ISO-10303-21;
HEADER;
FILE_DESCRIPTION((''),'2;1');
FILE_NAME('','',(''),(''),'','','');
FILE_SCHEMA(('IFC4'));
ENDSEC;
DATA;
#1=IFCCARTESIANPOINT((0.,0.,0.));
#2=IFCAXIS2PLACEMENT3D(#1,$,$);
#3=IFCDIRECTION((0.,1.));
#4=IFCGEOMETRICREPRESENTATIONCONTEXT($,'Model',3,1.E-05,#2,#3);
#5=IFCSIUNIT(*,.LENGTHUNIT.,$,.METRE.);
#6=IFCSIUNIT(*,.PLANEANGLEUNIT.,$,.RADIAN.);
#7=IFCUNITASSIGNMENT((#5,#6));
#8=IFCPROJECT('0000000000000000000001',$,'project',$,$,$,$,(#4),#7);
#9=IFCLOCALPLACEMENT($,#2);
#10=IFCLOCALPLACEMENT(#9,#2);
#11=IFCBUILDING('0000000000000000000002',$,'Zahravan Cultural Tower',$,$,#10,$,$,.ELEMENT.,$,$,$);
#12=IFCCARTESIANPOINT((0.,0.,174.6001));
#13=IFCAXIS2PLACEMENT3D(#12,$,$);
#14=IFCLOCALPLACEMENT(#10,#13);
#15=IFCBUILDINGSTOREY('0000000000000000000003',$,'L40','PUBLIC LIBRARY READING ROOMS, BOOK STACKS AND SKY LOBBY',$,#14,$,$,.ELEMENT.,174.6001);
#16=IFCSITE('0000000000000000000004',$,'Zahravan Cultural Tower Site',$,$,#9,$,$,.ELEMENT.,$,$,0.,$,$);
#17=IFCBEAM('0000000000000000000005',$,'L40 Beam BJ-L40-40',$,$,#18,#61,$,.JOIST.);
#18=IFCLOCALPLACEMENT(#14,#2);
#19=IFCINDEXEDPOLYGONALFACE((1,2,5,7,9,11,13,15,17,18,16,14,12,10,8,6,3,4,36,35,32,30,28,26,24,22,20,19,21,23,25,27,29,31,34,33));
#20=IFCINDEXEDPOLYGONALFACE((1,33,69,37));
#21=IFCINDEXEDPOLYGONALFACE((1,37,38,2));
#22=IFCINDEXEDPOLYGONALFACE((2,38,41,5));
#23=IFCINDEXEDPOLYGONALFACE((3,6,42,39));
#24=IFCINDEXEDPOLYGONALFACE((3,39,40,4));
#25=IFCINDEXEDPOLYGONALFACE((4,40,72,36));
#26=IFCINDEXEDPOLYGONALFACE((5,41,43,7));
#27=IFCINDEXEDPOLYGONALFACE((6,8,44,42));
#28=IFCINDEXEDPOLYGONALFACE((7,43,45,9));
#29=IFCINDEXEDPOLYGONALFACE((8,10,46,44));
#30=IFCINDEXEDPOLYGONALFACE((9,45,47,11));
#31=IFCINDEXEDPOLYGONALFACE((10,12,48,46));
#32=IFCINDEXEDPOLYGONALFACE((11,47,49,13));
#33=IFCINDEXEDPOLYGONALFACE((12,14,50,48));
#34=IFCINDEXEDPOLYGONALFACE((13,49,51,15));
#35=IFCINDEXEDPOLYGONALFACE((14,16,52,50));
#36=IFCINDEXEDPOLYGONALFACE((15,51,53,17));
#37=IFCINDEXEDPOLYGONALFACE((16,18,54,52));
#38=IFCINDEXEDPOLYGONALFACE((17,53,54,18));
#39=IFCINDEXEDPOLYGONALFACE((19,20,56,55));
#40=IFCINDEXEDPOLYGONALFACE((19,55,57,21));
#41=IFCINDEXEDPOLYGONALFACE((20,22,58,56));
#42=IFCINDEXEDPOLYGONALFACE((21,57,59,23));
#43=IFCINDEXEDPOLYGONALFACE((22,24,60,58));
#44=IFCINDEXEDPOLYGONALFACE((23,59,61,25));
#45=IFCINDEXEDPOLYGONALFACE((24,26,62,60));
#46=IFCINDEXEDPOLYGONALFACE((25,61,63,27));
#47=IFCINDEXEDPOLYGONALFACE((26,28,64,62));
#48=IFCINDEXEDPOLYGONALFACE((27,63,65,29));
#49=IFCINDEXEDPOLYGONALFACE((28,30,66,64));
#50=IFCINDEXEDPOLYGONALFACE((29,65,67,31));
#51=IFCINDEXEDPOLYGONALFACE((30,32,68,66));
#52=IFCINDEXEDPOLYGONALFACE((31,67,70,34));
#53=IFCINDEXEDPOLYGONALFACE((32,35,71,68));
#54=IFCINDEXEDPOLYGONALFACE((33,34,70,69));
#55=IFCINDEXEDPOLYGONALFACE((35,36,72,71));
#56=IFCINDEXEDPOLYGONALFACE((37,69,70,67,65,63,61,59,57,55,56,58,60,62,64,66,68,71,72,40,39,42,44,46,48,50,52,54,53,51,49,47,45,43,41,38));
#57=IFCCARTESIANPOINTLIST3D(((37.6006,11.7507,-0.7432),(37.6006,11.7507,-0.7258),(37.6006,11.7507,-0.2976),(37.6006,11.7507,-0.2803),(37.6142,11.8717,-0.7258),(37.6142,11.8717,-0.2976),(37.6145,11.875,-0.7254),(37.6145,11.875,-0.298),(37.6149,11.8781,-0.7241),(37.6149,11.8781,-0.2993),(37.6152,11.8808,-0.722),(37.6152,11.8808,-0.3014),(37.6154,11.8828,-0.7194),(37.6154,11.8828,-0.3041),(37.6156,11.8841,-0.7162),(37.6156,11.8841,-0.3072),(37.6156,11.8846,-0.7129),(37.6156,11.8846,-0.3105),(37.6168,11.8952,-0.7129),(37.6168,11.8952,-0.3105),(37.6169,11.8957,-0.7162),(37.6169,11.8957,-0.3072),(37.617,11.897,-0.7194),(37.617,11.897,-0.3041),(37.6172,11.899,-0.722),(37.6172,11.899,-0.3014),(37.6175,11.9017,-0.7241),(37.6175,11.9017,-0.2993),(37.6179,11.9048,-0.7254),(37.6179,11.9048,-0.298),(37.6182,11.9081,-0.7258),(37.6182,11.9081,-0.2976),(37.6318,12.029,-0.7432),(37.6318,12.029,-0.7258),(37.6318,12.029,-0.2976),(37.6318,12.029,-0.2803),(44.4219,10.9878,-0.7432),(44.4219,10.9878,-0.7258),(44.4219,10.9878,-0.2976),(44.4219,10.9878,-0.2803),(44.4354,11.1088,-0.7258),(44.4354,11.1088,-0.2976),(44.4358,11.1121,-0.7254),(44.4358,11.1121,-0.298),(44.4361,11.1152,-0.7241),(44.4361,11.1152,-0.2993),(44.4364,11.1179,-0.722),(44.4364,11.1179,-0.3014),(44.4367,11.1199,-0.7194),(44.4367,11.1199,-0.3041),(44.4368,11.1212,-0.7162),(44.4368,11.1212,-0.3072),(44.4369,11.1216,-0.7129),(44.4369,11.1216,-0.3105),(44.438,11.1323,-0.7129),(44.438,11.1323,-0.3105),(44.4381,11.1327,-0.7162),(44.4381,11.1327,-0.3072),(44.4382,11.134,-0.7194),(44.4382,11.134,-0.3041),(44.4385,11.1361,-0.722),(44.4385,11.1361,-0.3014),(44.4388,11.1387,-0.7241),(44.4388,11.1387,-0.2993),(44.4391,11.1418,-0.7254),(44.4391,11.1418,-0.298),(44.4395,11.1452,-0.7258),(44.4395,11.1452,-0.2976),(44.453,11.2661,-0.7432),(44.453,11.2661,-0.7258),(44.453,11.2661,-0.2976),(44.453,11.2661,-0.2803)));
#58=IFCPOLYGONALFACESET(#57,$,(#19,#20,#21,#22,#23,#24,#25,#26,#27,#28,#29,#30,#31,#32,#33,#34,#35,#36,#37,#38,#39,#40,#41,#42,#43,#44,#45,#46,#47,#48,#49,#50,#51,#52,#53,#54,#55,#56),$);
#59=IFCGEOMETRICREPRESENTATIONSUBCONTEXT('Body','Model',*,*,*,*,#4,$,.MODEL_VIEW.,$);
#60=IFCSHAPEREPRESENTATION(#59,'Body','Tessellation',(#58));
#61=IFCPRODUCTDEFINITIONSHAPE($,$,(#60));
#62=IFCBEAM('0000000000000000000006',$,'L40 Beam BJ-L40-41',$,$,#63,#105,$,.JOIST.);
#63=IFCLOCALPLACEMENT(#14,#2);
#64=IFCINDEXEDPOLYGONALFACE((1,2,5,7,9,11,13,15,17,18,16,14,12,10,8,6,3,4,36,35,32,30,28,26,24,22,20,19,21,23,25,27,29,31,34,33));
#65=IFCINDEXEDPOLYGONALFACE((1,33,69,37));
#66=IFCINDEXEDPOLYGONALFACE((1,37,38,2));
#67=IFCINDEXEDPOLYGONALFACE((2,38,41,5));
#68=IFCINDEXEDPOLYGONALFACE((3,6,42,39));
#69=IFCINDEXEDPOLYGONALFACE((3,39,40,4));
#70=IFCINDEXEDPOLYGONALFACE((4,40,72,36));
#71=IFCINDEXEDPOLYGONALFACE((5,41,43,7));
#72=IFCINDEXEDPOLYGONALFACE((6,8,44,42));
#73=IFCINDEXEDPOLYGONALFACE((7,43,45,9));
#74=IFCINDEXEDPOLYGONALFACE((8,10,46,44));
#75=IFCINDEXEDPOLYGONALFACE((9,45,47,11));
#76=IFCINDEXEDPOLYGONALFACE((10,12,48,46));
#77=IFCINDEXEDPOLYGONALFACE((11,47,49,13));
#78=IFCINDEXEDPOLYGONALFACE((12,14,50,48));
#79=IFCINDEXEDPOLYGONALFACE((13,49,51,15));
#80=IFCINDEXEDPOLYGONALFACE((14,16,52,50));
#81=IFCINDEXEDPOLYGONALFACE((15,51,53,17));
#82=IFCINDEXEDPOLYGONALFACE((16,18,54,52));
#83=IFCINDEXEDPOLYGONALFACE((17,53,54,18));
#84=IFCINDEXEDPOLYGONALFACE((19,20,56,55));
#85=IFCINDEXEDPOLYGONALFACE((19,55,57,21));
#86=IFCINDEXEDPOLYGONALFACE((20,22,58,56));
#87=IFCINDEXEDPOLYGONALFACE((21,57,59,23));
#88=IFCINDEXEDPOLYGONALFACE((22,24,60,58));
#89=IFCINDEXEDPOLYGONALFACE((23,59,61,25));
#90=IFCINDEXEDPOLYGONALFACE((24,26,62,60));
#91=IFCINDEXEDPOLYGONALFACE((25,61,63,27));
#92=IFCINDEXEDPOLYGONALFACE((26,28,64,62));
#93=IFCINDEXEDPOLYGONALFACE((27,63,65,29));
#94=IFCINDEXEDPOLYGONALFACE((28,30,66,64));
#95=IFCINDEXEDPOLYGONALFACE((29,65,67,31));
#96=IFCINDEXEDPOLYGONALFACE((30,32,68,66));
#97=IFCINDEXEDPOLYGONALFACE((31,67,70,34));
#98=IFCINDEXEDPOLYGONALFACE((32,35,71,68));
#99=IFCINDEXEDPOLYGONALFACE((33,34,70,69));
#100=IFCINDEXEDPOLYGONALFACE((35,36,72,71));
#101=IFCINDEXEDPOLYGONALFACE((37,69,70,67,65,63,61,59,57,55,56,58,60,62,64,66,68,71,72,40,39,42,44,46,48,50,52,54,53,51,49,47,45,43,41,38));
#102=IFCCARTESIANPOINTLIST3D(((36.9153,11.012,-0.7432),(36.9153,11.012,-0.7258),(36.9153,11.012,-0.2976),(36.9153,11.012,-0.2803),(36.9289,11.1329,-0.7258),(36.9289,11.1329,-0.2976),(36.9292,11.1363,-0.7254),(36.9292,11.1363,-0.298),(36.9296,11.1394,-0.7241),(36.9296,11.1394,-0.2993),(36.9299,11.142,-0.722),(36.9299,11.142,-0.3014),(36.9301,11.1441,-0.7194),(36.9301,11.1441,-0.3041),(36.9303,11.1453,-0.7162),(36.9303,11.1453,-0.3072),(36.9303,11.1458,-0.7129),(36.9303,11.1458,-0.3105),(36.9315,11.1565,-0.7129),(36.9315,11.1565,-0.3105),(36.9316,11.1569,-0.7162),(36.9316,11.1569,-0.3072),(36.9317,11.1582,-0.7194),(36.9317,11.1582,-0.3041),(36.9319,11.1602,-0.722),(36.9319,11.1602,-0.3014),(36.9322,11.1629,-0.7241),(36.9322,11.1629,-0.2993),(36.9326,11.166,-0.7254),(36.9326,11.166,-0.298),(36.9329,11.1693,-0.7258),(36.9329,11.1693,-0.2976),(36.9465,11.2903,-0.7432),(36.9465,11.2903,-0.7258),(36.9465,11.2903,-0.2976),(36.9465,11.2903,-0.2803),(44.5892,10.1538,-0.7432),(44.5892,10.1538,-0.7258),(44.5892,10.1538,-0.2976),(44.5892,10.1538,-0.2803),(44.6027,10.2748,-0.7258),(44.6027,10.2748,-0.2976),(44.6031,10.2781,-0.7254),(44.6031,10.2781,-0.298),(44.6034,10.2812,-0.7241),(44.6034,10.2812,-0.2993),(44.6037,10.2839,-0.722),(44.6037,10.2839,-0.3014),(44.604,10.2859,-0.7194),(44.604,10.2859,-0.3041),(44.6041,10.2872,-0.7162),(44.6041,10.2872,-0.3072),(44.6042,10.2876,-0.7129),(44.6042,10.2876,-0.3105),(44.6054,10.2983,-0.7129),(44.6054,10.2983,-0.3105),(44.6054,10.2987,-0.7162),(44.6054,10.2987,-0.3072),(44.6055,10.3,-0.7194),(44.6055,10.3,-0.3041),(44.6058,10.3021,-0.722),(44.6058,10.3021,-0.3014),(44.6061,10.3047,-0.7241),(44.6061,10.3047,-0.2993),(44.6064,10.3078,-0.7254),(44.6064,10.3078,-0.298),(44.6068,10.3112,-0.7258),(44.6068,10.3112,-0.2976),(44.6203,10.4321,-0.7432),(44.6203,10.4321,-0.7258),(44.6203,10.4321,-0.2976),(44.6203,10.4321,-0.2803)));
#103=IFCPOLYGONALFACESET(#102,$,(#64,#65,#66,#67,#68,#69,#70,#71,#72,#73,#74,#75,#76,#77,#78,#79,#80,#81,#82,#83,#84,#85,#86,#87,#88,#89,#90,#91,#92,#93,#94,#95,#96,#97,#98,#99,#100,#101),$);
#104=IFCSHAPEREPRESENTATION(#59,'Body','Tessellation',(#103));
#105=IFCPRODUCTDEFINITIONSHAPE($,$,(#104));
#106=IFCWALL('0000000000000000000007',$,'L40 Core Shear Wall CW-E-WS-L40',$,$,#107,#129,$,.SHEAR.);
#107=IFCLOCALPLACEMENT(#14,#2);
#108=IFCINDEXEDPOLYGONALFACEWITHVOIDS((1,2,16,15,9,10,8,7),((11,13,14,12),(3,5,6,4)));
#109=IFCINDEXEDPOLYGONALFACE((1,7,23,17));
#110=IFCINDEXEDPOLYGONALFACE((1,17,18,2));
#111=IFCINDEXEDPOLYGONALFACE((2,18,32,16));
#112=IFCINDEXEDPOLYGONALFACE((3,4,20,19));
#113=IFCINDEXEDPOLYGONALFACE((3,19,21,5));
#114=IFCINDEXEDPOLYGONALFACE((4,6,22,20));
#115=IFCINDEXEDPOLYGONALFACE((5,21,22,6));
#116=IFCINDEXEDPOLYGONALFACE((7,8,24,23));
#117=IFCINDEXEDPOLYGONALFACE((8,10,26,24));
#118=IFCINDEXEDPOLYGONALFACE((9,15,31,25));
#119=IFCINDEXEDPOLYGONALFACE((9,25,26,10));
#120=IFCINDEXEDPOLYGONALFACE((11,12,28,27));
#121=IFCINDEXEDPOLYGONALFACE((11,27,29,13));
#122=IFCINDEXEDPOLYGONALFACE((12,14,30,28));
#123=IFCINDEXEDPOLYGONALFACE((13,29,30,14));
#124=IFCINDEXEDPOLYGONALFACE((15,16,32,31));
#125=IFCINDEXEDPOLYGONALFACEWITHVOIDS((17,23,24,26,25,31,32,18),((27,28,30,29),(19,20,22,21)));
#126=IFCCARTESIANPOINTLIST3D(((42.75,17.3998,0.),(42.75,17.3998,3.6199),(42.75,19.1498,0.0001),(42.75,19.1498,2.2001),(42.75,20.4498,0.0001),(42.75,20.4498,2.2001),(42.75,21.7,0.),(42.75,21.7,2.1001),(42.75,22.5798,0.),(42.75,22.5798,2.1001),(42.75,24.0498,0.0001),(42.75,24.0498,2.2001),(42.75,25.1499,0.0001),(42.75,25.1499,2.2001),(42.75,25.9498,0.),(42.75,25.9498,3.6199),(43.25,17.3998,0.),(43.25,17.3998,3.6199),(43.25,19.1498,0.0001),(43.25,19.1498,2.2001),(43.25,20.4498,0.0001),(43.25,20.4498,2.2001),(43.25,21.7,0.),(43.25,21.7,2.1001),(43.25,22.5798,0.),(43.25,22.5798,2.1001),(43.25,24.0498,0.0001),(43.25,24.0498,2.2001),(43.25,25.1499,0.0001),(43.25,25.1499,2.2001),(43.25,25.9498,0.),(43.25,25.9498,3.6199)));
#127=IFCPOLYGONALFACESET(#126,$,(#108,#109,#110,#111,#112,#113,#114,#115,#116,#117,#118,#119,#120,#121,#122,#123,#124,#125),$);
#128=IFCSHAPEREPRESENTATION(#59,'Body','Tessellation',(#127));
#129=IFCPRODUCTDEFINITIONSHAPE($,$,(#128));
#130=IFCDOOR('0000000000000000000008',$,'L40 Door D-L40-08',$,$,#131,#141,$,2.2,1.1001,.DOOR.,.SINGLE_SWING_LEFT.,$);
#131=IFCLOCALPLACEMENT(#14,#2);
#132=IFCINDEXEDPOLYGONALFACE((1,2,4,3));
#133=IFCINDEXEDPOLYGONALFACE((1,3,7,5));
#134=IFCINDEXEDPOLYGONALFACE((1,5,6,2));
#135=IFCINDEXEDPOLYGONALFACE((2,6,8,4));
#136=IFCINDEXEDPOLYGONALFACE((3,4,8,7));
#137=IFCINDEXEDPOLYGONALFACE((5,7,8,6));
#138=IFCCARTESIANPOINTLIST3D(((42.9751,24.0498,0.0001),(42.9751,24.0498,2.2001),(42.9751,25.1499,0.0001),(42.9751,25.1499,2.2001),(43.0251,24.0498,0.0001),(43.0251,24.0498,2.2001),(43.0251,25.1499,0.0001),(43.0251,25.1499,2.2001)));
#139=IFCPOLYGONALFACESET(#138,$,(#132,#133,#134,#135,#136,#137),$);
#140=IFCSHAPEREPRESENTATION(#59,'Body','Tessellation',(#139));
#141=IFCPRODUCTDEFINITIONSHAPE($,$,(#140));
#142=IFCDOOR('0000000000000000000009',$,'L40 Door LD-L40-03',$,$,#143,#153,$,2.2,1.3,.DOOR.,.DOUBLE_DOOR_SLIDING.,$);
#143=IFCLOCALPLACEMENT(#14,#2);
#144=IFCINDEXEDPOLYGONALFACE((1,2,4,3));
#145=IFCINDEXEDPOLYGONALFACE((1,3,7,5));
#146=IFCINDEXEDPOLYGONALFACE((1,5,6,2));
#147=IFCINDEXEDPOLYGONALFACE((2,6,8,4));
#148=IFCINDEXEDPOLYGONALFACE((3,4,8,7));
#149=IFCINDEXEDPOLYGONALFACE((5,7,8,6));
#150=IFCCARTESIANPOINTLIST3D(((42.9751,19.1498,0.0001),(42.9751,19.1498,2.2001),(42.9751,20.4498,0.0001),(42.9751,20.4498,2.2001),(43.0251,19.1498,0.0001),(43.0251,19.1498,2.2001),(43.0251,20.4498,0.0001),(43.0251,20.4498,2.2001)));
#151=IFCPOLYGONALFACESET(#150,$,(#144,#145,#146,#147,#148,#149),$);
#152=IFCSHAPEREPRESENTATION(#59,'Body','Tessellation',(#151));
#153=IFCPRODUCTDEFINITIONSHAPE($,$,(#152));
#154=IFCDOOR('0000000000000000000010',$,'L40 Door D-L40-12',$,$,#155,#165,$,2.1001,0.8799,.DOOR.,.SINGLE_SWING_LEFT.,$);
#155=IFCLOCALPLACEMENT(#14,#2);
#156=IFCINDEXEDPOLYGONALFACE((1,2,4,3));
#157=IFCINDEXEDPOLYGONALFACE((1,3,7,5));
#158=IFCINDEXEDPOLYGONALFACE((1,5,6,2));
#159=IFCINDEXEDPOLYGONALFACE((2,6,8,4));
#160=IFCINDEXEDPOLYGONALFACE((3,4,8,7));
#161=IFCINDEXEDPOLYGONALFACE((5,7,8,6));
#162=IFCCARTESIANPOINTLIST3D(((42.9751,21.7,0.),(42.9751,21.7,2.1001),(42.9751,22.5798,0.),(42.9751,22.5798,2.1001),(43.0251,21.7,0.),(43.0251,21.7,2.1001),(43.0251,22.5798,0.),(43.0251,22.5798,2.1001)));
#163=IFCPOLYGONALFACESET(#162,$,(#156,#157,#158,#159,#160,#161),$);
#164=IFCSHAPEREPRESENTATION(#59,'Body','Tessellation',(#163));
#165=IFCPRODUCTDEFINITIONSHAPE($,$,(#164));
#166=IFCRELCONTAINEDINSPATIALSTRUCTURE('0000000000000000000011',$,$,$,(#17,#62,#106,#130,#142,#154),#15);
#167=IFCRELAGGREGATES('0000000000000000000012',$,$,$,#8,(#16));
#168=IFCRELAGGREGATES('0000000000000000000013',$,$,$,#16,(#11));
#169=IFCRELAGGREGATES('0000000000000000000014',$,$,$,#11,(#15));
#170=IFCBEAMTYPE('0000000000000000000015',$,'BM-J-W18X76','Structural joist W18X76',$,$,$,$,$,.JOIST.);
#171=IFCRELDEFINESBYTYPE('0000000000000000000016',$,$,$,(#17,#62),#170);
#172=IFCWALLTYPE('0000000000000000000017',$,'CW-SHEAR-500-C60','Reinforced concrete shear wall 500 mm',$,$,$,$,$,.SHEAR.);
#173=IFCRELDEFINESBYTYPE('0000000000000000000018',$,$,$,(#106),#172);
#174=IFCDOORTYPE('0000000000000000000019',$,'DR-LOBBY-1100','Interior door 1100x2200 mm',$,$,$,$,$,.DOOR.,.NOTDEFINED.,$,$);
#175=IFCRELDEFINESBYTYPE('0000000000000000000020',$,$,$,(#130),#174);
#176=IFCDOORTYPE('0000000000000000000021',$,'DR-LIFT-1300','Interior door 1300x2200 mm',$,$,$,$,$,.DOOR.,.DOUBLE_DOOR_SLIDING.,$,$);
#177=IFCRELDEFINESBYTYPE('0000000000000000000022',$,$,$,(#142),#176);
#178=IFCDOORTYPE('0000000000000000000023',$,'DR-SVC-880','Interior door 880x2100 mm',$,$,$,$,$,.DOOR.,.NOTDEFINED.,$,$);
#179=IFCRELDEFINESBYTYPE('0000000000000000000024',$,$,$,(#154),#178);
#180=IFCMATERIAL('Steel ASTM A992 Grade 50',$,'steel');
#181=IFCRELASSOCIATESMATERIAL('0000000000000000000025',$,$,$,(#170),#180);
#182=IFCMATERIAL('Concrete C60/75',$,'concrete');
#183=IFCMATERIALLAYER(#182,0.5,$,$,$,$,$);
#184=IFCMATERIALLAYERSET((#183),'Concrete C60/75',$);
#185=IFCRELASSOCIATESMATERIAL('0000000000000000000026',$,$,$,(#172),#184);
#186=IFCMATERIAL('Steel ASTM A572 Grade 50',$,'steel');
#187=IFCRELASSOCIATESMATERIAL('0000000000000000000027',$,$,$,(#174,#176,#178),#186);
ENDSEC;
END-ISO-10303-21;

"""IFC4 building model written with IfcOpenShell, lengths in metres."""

from ifc_helpers import new_model, si_unit, direction, frame, frame_2d, origin, origin_2d, place, context, subcontext, project, spatial, rectangle, i_section, extrude, source, transform, mapped, material, layer, layer_set, material_profile, profile_set, type_object, element, fill, save


model = new_model("IFC4")

# Units and contexts
model_context = context("Model", 3, precision=1e-05, world=origin(), true_north=direction((0.0, 1.0)))
body_context = subcontext(model_context, "Body", "Model", "MODEL_VIEW")
ifc_project = project(units=[si_unit("LENGTHUNIT", "METRE"), si_unit("PLANEANGLEUNIT", "RADIAN")], contexts=[model_context])

# Site, building, storey
site_placement = place(None, origin())
site = spatial("IfcSite", under=ifc_project, at=site_placement, Name="Zahravan Cultural Tower Site", CompositionType="ELEMENT", RefElevation=0.0)
building_placement = place(site_placement, origin())
building = spatial("IfcBuilding", under=site, at=building_placement, Name="Zahravan Cultural Tower", CompositionType="ELEMENT")
storey_placement = place(building_placement, frame((0.0, 0.0, 174.6001)))
storey = spatial("IfcBuildingStorey", under=building, at=storey_placement, Name="L40", Description="PUBLIC LIBRARY READING ROOMS, BOOK STACKS AND SKY LOBBY", CompositionType="ELEMENT", Elevation=174.6001)

# Shared definitions
ifc_material_1 = material(Name="Steel ASTM A992 Grade 50", Category="steel")

# Beams
ifc_material_profile_1 = material_profile(ifc_material_1, i_section(OverallWidth=0.28, OverallDepth=0.4629, WebThickness=0.0107, FlangeThickness=0.0173, FilletRadius=0.0129, at=origin_2d()), Name="W18X76")
ifc_profile_set_1 = profile_set([ifc_material_profile_1], Name="Steel ASTM A992 Grade 50")
beam_type_1 = type_object("IfcBeamType", Name="BM-J-W18X76", Description="Structural joist W18X76", PredefinedType="JOIST", material=ifc_profile_set_1)
shared_shape_1 = source(origin(), body_context, "Body", "SweptSolid", [
    extrude(i_section(OverallWidth=0.28, OverallDepth=0.4629, WebThickness=0.0107, FlangeThickness=0.0173, FilletRadius=0.0129, at=origin_2d()), origin(), (0.0, 0.0, 1.0), 6.8638),
])
beam_1_placement = place(storey_placement, frame((37.6162, 11.8899, -0.5117), z_axis=(0.993803, -0.111154, 0.0), x_axis=(0.111154, 0.993803, 0.0)))
element("IfcBeam", 1, at=beam_1_placement, inside=storey, type_object=beam_type_1, Name="L40 Beam BJ-L40-40", PredefinedType="JOIST", context=body_context, shape_type="MappedRepresentation", body=[
    mapped(shared_shape_1, transform((0.0, 0.0, 0.0), x_axis=(1.0, 0.0, 0.0), y_axis=(0.0, 1.0, 0.0), z_axis=(0.0, 0.0, 1.0), scale=1.0)),
])
shared_shape_2 = source(origin(), body_context, "Body", "SweptSolid", [
    extrude(i_section(OverallWidth=0.28, OverallDepth=0.4629, WebThickness=0.0107, FlangeThickness=0.0173, FilletRadius=0.0129, at=origin_2d()), origin(), (0.0, 0.0, 1.0), 7.7217),
])
beam_2_placement = place(storey_placement, frame((36.9309, 11.1511, -0.5117), z_axis=(0.993805, -0.111136, 0.0), x_axis=(0.111136, 0.993805, 0.0)))
element("IfcBeam", 2, at=beam_2_placement, inside=storey, type_object=beam_type_1, Name="L40 Beam BJ-L40-41", PredefinedType="JOIST", context=body_context, shape_type="MappedRepresentation", body=[
    mapped(shared_shape_2, transform((0.0, 0.0, 0.0), x_axis=(1.0, 0.0, 0.0), y_axis=(0.0, 1.0, 0.0), z_axis=(0.0, 0.0, 1.0), scale=1.0)),
])

# Wall, openings, doors
ifc_material_2 = material(Name="Concrete C60/75", Category="concrete")
ifc_layer_1 = layer(ifc_material_2, 0.5)
ifc_layer_set_1 = layer_set([ifc_layer_1], Name="Concrete C60/75")
wall_type_1 = type_object("IfcWallType", Name="CW-SHEAR-500-C60", Description="Reinforced concrete shear wall 500 mm", PredefinedType="SHEAR", material=ifc_layer_set_1)
wall_1_placement = place(storey_placement, frame((43.0, 17.3999, 0.0), z_axis=(0.0, 0.0, 1.0), x_axis=(0.0, 1.0, 0.0)))
wall_1 = element("IfcWall", 3, at=wall_1_placement, inside=storey, type_object=wall_type_1, Name="L40 Core Shear Wall CW-E-WS-L40", PredefinedType="SHEAR", context=body_context, shape_type="SweptSolid", body=[
    extrude(rectangle(XDim=8.55, YDim=0.5, at=frame_2d((4.2749, 0.0))), origin(), (0.0, 0.0, 1.0), 3.6199),
])
opening_1_placement = place(wall_1_placement, frame((6.6499, 0.0, 0.0)))
opening_1 = element("IfcOpeningElement", 4, at=opening_1_placement, cuts=wall_1, PredefinedType="OPENING", context=body_context, shape_type="SweptSolid", body=[
    extrude(rectangle(XDim=1.1001, YDim=2.2, at=frame_2d((0.55, 1.1001))), frame((0.0, 0.26, 0.0), z_axis=(0.0, -1.0, 0.0), x_axis=(1.0, 0.0, 0.0)), (0.0, 0.0, 1.0), 0.52),
])
opening_2_placement = place(wall_1_placement, frame((1.75, 0.0, 0.0)))
opening_2 = element("IfcOpeningElement", 5, at=opening_2_placement, cuts=wall_1, PredefinedType="OPENING", context=body_context, shape_type="SweptSolid", body=[
    extrude(rectangle(XDim=1.3, YDim=2.2, at=frame_2d((0.6499, 1.1001))), frame((0.0, 0.26, 0.0), z_axis=(0.0, -1.0, 0.0), x_axis=(1.0, 0.0, 0.0)), (0.0, 0.0, 1.0), 0.52),
])
opening_3_placement = place(wall_1_placement, frame((4.3, 0.0, 0.0)))
opening_3 = element("IfcOpeningElement", 6, at=opening_3_placement, cuts=wall_1, PredefinedType="OPENING", context=body_context, shape_type="SweptSolid", body=[
    extrude(rectangle(XDim=0.8799, YDim=2.1001, at=frame_2d((0.4399, 1.05))), frame((0.0, 0.26, 0.0), z_axis=(0.0, -1.0, 0.0), x_axis=(1.0, 0.0, 0.0)), (0.0, 0.0, 1.0), 0.52),
])
ifc_material_3 = material(Name="Steel ASTM A572 Grade 50", Category="steel")
door_type_1 = type_object("IfcDoorType", Name="DR-LOBBY-1100", Description="Interior door 1100x2200 mm", OperationType="NOTDEFINED", PredefinedType="DOOR", material=ifc_material_3)
shared_shape_3 = source(origin(), body_context, "Body", "SweptSolid", [
    extrude(rectangle(XDim=1.1001, YDim=2.2, at=frame_2d((0.55, 1.1001))), frame((0.0, 0.0249, 0.0), z_axis=(0.0, -1.0, 0.0), x_axis=(1.0, 0.0, 0.0)), (0.0, 0.0, 1.0), 0.05),
])
door_1_placement = place(opening_1_placement, origin())
door_1 = element("IfcDoor", 7, at=door_1_placement, inside=storey, type_object=door_type_1, Name="L40 Door D-L40-08", OperationType="SINGLE_SWING_LEFT", OverallHeight=2.2, OverallWidth=1.1001, PredefinedType="DOOR", context=body_context, shape_type="MappedRepresentation", body=[
    mapped(shared_shape_3, transform((0.0, 0.0, 0.0), x_axis=(1.0, 0.0, 0.0), y_axis=(0.0, 1.0, 0.0), z_axis=(0.0, 0.0, 1.0), scale=1.0)),
])
fill(opening_1, door_1)
door_type_2 = type_object("IfcDoorType", Name="DR-LIFT-1300", Description="Interior door 1300x2200 mm", OperationType="DOUBLE_DOOR_SLIDING", PredefinedType="DOOR", material=ifc_material_3)
shared_shape_4 = source(origin(), body_context, "Body", "SweptSolid", [
    extrude(rectangle(XDim=1.3, YDim=2.2, at=frame_2d((0.6499, 1.1001))), frame((0.0, 0.0249, 0.0), z_axis=(0.0, -1.0, 0.0), x_axis=(1.0, 0.0, 0.0)), (0.0, 0.0, 1.0), 0.05),
])
door_2_placement = place(opening_2_placement, origin())
door_2 = element("IfcDoor", 8, at=door_2_placement, inside=storey, type_object=door_type_2, Name="L40 Door LD-L40-03", OperationType="DOUBLE_DOOR_SLIDING", OverallHeight=2.2, OverallWidth=1.3, PredefinedType="DOOR", context=body_context, shape_type="MappedRepresentation", body=[
    mapped(shared_shape_4, transform((0.0, 0.0, 0.0), x_axis=(1.0, 0.0, 0.0), y_axis=(0.0, 1.0, 0.0), z_axis=(0.0, 0.0, 1.0), scale=1.0)),
])
fill(opening_2, door_2)
door_type_3 = type_object("IfcDoorType", Name="DR-SVC-880", Description="Interior door 880x2100 mm", OperationType="NOTDEFINED", PredefinedType="DOOR", material=ifc_material_3)
shared_shape_5 = source(origin(), body_context, "Body", "SweptSolid", [
    extrude(rectangle(XDim=0.8799, YDim=2.1001, at=frame_2d((0.4399, 1.05))), frame((0.0, 0.0249, 0.0), z_axis=(0.0, -1.0, 0.0), x_axis=(1.0, 0.0, 0.0)), (0.0, 0.0, 1.0), 0.05),
])
door_3_placement = place(opening_3_placement, origin())
door_3 = element("IfcDoor", 9, at=door_3_placement, inside=storey, type_object=door_type_3, Name="L40 Door D-L40-12", OperationType="SINGLE_SWING_LEFT", OverallHeight=2.1001, OverallWidth=0.8799, PredefinedType="DOOR", context=body_context, shape_type="MappedRepresentation", body=[
    mapped(shared_shape_5, transform((0.0, 0.0, 0.0), x_axis=(1.0, 0.0, 0.0), y_axis=(0.0, 1.0, 0.0), z_axis=(0.0, 0.0, 1.0), scale=1.0)),
])
fill(opening_3, door_3)

save(model, "model.ifc")
